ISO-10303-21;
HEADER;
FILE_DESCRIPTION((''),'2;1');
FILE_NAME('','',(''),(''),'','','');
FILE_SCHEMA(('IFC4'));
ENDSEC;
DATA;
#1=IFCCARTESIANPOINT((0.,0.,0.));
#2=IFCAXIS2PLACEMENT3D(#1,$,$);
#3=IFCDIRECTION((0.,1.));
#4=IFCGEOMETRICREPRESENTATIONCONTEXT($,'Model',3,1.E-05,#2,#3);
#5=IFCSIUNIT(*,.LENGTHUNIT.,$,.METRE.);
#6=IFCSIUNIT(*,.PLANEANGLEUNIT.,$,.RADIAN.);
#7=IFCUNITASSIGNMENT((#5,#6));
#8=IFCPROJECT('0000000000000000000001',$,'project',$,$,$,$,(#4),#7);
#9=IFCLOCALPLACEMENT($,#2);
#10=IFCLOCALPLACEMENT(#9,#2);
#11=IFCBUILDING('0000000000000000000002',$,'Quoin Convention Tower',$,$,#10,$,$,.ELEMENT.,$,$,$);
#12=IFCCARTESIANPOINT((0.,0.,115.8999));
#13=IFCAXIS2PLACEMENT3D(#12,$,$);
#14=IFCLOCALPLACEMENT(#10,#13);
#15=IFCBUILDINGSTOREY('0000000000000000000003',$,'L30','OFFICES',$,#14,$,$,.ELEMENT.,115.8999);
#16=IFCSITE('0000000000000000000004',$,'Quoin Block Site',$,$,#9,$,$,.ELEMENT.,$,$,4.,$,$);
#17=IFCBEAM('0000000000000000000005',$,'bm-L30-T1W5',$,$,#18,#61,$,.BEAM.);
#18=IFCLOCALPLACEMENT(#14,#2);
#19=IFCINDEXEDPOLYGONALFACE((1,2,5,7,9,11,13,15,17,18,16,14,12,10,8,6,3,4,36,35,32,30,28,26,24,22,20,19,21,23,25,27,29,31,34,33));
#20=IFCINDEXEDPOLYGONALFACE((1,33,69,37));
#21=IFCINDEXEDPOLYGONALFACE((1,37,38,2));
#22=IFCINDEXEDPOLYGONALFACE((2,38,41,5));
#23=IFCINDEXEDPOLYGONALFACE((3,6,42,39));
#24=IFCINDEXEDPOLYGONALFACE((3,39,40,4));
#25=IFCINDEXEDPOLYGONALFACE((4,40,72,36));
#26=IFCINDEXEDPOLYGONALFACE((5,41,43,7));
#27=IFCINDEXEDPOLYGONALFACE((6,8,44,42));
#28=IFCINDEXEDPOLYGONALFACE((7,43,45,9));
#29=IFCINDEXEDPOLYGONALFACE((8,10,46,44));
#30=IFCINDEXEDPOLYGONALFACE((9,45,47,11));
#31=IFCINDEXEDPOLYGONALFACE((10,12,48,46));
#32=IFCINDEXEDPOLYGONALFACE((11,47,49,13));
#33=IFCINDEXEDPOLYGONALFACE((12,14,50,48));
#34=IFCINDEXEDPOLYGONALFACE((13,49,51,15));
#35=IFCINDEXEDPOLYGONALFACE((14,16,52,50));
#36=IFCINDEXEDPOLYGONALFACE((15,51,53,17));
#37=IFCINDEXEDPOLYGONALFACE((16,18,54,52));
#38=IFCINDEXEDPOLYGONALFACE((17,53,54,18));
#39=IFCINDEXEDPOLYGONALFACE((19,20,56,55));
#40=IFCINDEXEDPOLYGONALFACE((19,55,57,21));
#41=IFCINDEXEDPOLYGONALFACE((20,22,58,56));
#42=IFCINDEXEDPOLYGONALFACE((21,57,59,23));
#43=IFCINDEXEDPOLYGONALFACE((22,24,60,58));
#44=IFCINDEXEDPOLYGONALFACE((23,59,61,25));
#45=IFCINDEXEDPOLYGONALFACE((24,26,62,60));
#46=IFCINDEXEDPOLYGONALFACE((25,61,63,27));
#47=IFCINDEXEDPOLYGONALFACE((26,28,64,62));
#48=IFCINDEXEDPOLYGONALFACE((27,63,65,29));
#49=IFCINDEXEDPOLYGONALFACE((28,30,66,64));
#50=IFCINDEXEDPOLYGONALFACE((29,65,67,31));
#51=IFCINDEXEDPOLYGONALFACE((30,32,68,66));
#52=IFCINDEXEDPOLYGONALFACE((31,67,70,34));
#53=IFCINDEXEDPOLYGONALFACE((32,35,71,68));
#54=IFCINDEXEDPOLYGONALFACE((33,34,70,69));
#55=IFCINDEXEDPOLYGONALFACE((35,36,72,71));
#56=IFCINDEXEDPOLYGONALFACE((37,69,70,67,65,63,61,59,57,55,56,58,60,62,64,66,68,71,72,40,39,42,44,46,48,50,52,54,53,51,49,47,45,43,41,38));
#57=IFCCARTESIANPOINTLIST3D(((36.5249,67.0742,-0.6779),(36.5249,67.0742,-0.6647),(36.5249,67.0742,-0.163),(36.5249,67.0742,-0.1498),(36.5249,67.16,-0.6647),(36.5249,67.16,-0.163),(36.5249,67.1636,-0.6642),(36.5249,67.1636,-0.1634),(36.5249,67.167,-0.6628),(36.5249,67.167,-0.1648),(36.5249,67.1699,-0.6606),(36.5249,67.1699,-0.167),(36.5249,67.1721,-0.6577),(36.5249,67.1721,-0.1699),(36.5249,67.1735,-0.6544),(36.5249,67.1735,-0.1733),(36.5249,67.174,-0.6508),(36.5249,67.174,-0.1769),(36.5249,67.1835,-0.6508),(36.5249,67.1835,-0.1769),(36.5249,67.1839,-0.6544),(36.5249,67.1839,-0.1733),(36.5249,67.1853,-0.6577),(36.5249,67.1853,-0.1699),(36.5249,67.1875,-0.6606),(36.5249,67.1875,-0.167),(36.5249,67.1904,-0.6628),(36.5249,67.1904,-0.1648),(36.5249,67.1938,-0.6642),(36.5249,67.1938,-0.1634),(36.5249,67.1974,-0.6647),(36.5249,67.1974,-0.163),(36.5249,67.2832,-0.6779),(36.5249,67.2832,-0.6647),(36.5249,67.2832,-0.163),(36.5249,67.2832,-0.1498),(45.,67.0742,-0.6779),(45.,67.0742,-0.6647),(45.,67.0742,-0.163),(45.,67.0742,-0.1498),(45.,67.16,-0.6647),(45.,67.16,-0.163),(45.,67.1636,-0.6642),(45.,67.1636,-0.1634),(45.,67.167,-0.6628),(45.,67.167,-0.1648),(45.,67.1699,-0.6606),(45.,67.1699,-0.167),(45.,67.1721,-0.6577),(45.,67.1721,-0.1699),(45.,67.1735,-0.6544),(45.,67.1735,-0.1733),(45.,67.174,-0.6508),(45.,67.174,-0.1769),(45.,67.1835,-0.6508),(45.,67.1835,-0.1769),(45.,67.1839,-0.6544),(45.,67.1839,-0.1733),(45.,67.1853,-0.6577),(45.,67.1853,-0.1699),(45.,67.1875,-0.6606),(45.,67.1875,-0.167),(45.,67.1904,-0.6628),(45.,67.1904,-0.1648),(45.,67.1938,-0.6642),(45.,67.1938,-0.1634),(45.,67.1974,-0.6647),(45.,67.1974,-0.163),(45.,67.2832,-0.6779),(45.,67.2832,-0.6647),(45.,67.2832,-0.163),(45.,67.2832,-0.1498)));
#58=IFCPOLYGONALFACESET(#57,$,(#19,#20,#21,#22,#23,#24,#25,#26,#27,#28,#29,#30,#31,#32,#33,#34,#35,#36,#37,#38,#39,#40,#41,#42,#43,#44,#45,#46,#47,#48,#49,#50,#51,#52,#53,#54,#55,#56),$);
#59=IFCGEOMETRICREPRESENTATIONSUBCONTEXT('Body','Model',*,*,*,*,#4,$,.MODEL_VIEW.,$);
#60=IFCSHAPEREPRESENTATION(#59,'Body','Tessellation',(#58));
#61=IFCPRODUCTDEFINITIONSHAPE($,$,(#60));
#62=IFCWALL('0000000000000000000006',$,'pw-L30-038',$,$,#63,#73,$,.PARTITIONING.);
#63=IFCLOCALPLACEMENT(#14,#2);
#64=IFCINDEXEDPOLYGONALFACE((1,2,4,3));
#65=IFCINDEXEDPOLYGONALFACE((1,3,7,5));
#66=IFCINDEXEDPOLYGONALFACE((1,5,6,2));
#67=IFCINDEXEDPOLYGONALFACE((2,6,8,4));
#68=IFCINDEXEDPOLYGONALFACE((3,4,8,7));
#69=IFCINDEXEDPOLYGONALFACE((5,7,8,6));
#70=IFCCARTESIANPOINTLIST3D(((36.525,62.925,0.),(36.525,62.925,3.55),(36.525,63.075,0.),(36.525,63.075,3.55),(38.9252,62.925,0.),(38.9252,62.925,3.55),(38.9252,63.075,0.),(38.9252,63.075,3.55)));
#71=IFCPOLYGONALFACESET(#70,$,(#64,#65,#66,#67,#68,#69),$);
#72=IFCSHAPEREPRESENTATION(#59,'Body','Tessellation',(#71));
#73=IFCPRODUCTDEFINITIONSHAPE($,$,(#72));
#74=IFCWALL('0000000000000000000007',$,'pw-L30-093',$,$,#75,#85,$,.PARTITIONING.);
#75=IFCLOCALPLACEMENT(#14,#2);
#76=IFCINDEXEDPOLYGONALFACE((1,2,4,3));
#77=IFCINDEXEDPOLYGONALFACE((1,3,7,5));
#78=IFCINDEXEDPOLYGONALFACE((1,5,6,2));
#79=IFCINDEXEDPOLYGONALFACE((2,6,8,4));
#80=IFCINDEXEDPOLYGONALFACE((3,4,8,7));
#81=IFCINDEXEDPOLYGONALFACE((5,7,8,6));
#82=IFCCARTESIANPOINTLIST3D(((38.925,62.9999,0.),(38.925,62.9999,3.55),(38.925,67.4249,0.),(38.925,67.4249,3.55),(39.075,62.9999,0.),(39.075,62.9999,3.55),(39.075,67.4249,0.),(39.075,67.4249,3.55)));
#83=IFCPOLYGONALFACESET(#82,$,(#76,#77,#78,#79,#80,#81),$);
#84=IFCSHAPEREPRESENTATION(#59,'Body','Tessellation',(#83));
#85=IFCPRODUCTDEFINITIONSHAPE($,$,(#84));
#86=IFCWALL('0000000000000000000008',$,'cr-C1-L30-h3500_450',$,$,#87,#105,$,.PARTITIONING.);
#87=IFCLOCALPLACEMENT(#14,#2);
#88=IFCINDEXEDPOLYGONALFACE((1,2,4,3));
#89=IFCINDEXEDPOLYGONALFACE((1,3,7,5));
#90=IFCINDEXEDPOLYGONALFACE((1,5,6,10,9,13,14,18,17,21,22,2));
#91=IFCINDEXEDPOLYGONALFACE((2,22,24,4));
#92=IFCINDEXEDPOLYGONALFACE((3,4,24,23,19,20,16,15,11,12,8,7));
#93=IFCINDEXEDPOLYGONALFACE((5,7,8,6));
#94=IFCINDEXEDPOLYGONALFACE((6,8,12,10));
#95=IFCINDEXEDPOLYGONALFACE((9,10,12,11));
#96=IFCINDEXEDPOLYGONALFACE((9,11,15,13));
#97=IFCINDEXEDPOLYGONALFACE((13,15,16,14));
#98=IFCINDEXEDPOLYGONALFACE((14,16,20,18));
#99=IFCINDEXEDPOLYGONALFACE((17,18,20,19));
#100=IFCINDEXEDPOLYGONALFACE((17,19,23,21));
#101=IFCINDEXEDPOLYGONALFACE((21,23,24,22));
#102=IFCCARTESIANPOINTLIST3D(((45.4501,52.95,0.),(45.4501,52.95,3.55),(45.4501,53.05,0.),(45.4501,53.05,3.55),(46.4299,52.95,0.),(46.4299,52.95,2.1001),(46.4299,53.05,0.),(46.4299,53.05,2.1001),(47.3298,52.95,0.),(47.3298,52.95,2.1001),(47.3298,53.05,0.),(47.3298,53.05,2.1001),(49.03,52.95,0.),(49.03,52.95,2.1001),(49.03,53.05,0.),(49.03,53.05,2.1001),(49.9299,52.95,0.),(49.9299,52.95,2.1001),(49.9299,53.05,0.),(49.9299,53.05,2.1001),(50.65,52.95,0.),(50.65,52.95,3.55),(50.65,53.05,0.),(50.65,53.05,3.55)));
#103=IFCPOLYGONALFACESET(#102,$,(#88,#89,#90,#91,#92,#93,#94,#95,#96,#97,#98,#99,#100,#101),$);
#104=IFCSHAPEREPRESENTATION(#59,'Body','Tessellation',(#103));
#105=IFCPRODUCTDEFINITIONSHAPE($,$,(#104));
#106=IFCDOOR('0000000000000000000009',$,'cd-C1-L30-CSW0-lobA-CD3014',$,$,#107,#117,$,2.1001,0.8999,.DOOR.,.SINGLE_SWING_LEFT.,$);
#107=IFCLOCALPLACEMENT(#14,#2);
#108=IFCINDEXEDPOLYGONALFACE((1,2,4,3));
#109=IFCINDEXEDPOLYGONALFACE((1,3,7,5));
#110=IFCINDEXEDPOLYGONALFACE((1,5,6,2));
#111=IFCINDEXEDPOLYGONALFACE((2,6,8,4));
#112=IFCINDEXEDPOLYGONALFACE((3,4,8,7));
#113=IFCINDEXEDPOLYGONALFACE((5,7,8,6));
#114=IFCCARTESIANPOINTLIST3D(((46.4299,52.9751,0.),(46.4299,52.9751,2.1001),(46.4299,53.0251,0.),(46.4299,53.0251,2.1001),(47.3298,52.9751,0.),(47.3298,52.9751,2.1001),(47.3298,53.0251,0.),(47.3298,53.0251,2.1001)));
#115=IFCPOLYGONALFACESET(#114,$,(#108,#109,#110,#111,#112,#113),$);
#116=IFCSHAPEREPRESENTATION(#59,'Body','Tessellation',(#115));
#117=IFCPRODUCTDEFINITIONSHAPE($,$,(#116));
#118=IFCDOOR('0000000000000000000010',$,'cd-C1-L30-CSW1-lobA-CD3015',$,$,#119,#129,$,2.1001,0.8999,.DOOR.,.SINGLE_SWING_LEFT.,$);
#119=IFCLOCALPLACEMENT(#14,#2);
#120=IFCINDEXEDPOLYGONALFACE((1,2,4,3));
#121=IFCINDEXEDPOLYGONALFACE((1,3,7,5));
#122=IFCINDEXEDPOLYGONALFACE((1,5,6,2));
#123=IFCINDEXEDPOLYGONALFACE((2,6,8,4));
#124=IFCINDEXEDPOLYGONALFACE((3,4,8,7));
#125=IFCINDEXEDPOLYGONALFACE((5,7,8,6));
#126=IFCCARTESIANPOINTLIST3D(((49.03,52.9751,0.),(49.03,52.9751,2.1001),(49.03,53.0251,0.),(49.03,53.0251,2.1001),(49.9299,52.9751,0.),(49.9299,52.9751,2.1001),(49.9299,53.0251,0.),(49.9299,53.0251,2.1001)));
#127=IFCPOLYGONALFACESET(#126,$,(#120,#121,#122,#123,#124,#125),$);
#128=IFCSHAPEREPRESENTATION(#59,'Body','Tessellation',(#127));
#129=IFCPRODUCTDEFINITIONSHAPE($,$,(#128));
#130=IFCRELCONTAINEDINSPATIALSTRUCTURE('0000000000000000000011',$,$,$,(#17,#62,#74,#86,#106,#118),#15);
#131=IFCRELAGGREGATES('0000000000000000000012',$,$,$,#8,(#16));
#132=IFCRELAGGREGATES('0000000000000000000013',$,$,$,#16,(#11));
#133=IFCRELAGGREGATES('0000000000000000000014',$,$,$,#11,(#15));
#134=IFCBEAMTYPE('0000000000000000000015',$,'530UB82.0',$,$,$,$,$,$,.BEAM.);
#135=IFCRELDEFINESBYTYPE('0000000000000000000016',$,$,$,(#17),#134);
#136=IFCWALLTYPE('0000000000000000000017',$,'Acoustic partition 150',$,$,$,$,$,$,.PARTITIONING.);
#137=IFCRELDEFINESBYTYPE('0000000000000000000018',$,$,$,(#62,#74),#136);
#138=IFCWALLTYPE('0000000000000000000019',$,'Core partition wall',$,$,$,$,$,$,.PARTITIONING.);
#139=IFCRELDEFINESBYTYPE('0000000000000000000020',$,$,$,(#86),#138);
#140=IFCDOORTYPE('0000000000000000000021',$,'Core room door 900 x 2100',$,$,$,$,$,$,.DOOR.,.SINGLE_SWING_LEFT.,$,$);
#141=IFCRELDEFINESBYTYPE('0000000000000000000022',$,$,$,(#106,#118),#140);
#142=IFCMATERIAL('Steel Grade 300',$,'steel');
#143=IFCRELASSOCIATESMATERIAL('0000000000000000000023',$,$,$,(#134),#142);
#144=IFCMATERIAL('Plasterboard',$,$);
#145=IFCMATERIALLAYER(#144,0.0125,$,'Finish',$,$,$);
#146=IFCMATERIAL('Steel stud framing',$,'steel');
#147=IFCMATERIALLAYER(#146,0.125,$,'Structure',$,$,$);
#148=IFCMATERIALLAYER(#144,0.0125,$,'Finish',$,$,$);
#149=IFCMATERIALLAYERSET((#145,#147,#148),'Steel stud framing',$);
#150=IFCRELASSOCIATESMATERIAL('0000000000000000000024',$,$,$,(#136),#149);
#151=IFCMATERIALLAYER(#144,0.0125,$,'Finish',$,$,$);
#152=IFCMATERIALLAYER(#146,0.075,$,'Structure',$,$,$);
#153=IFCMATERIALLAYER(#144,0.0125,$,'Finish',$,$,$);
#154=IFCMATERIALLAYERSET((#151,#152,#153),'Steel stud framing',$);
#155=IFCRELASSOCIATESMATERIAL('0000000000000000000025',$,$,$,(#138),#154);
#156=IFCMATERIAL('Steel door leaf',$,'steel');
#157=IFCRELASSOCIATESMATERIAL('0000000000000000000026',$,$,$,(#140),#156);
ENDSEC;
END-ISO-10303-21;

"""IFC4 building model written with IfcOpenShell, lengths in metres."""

from ifc_helpers import new_model, si_unit, direction, frame, frame_2d, origin, origin_2d, place, context, subcontext, project, spatial, rectangle, i_section, extrude, material, layer, layer_set, material_profile, profile_set, type_object, element, fill, save


model = new_model("IFC4")

# Units and contexts
model_context = context("Model", 3, precision=1e-05, world=origin(), true_north=direction((0.0, 1.0)))
body_context = subcontext(model_context, "Body", "Model", "MODEL_VIEW")
ifc_project = project(units=[si_unit("LENGTHUNIT", "METRE"), si_unit("PLANEANGLEUNIT", "RADIAN")], contexts=[model_context])

# Site, building, storey
site_placement = place(None, origin())
site = spatial("IfcSite", under=ifc_project, at=site_placement, Name="Quoin Block Site", CompositionType="ELEMENT", RefElevation=4.0)
building_placement = place(site_placement, origin())
building = spatial("IfcBuilding", under=site, at=building_placement, Name="Quoin Convention Tower", CompositionType="ELEMENT")
storey_placement = place(building_placement, frame((0.0, 0.0, 115.8999)))
storey = spatial("IfcBuildingStorey", under=building, at=storey_placement, Name="L30", Description="OFFICES", CompositionType="ELEMENT", Elevation=115.8999)

# Beam
ifc_material_1 = material(Name="Steel Grade 300", Category="steel")
ifc_material_profile = material_profile(ifc_material_1, i_section(OverallWidth=0.209, OverallDepth=0.5281, WebThickness=0.0095, FlangeThickness=0.0132, FilletRadius=0.0139, at=origin_2d()), Name="530UB82.0")
ifc_profile_set = profile_set([ifc_material_profile], Name="Steel Grade 300")
beam_type = type_object("IfcBeamType", Name="530UB82.0", PredefinedType="BEAM", material=ifc_profile_set)
beam_1_placement = place(storey_placement, frame((36.5249, 67.1787, -0.4138), z_axis=(1.0, 0.0, 0.0), x_axis=(0.0, 1.0, 0.0)))
element("IfcBeam", 1, at=beam_1_placement, inside=storey, type_object=beam_type, Name="bm-L30-T1W5", PredefinedType="BEAM", context=body_context, shape_type="SweptSolid", body=[
    extrude(i_section(OverallWidth=0.209, OverallDepth=0.5281, WebThickness=0.0095, FlangeThickness=0.0132, FilletRadius=0.0139, at=origin_2d()), origin(), (0.0, 0.0, 1.0), 8.4751),
])

# Walls
ifc_material_2 = material(Name="Plasterboard")
ifc_layer_1 = layer(ifc_material_2, 0.0125, Name="Finish")
ifc_material_3 = material(Name="Steel stud framing", Category="steel")
ifc_layer_2 = layer(ifc_material_3, 0.125, Name="Structure")
ifc_layer_3 = layer(ifc_material_2, 0.0125, Name="Finish")
ifc_layer_set_1 = layer_set([ifc_layer_1, ifc_layer_2, ifc_layer_3], Name="Steel stud framing")
wall_type_1 = type_object("IfcWallType", Name="Acoustic partition 150", PredefinedType="PARTITIONING", material=ifc_layer_set_1)
wall_1_placement = place(storey_placement, frame((36.5249, 63.0, 0.0), z_axis=(0.0, 0.0, 1.0), x_axis=(1.0, 0.0, 0.0)))
element("IfcWall", 2, at=wall_1_placement, inside=storey, type_object=wall_type_1, Name="pw-L30-038", PredefinedType="PARTITIONING", context=body_context, shape_type="SweptSolid", body=[
    extrude(rectangle(XDim=2.4001, YDim=0.1499, at=frame_2d((1.2002, 0.0))), origin(), (0.0, 0.0, 1.0), 3.55),
])
wall_2_placement = place(storey_placement, frame((39.0, 63.0, 0.0), z_axis=(0.0, 0.0, 1.0), x_axis=(0.0, 1.0, 0.0)))
element("IfcWall", 3, at=wall_2_placement, inside=storey, type_object=wall_type_1, Name="pw-L30-093", PredefinedType="PARTITIONING", context=body_context, shape_type="SweptSolid", body=[
    extrude(rectangle(XDim=4.425, YDim=0.1499, at=frame_2d((2.2124, 0.0))), origin(), (0.0, 0.0, 1.0), 3.55),
])

# Wall, openings, doors
ifc_layer_4 = layer(ifc_material_2, 0.0125, Name="Finish")
ifc_layer_5 = layer(ifc_material_3, 0.075, Name="Structure")
ifc_layer_6 = layer(ifc_material_2, 0.0125, Name="Finish")
ifc_layer_set_2 = layer_set([ifc_layer_4, ifc_layer_5, ifc_layer_6], Name="Steel stud framing")
wall_type_2 = type_object("IfcWallType", Name="Core partition wall", PredefinedType="PARTITIONING", material=ifc_layer_set_2)
wall_3_placement = place(storey_placement, frame((45.45, 53.0, 0.0), z_axis=(0.0, 0.0, 1.0), x_axis=(1.0, 0.0, 0.0)))
wall_3 = element("IfcWall", 4, at=wall_3_placement, inside=storey, type_object=wall_type_2, Name="cr-C1-L30-h3500_450", PredefinedType="PARTITIONING", context=body_context, shape_type="SweptSolid", body=[
    extrude(rectangle(XDim=5.2, YDim=0.1001, at=frame_2d((2.6001, 0.0))), origin(), (0.0, 0.0, 1.0), 3.55),
])
opening_1_placement = place(wall_3_placement, frame((0.98, 0.0, 0.0)))
opening_1 = element("IfcOpeningElement", 5, at=opening_1_placement, cuts=wall_3, PredefinedType="OPENING", context=body_context, shape_type="SweptSolid", body=[
    extrude(rectangle(XDim=0.8999, YDim=2.1001, at=frame_2d((0.45, 1.05))), frame((0.0, 0.0601, 0.0), z_axis=(0.0, -1.0, 0.0), x_axis=(1.0, 0.0, 0.0)), (0.0, 0.0, 1.0), 0.1201),
])
opening_2_placement = place(wall_3_placement, frame((3.5801, 0.0, 0.0)))
opening_2 = element("IfcOpeningElement", 6, at=opening_2_placement, cuts=wall_3, PredefinedType="OPENING", context=body_context, shape_type="SweptSolid", body=[
    extrude(rectangle(XDim=0.8999, YDim=2.1001, at=frame_2d((0.45, 1.05))), frame((0.0, 0.0601, 0.0), z_axis=(0.0, -1.0, 0.0), x_axis=(1.0, 0.0, 0.0)), (0.0, 0.0, 1.0), 0.1201),
])
ifc_material_4 = material(Name="Steel door leaf", Category="steel")
door_type_1 = type_object("IfcDoorType", Name="Core room door 900 x 2100", OperationType="SINGLE_SWING_LEFT", PredefinedType="DOOR", material=ifc_material_4)
door_1_placement = place(opening_1_placement, frame((0.8999, 0.0, 0.0), z_axis=(0.0, 0.0, 1.0), x_axis=(-1.0, 0.0, 0.0)))
door_1 = element("IfcDoor", 7, at=door_1_placement, inside=storey, type_object=door_type_1, Name="cd-C1-L30-CSW0-lobA-CD3014", OperationType="SINGLE_SWING_LEFT", OverallHeight=2.1001, OverallWidth=0.8999, PredefinedType="DOOR", context=body_context, shape_type="SweptSolid", body=[
    extrude(rectangle(XDim=0.8999, YDim=2.1001, at=frame_2d((0.45, 1.05))), frame((0.0, 0.0249, 0.0), z_axis=(0.0, -1.0, 0.0), x_axis=(1.0, 0.0, 0.0)), (0.0, 0.0, 1.0), 0.05),
])
fill(opening_1, door_1)
door_2_placement = place(opening_2_placement, frame((0.8999, 0.0, 0.0), z_axis=(0.0, 0.0, 1.0), x_axis=(-1.0, 0.0, 0.0)))
door_2 = element("IfcDoor", 8, at=door_2_placement, inside=storey, type_object=door_type_1, Name="cd-C1-L30-CSW1-lobA-CD3015", OperationType="SINGLE_SWING_LEFT", OverallHeight=2.1001, OverallWidth=0.8999, PredefinedType="DOOR", context=body_context, shape_type="SweptSolid", body=[
    extrude(rectangle(XDim=0.8999, YDim=2.1001, at=frame_2d((0.45, 1.05))), frame((0.0, 0.0249, 0.0), z_axis=(0.0, -1.0, 0.0), x_axis=(1.0, 0.0, 0.0)), (0.0, 0.0, 1.0), 0.05),
])
fill(opening_2, door_2)

save(model, "model.ifc")
